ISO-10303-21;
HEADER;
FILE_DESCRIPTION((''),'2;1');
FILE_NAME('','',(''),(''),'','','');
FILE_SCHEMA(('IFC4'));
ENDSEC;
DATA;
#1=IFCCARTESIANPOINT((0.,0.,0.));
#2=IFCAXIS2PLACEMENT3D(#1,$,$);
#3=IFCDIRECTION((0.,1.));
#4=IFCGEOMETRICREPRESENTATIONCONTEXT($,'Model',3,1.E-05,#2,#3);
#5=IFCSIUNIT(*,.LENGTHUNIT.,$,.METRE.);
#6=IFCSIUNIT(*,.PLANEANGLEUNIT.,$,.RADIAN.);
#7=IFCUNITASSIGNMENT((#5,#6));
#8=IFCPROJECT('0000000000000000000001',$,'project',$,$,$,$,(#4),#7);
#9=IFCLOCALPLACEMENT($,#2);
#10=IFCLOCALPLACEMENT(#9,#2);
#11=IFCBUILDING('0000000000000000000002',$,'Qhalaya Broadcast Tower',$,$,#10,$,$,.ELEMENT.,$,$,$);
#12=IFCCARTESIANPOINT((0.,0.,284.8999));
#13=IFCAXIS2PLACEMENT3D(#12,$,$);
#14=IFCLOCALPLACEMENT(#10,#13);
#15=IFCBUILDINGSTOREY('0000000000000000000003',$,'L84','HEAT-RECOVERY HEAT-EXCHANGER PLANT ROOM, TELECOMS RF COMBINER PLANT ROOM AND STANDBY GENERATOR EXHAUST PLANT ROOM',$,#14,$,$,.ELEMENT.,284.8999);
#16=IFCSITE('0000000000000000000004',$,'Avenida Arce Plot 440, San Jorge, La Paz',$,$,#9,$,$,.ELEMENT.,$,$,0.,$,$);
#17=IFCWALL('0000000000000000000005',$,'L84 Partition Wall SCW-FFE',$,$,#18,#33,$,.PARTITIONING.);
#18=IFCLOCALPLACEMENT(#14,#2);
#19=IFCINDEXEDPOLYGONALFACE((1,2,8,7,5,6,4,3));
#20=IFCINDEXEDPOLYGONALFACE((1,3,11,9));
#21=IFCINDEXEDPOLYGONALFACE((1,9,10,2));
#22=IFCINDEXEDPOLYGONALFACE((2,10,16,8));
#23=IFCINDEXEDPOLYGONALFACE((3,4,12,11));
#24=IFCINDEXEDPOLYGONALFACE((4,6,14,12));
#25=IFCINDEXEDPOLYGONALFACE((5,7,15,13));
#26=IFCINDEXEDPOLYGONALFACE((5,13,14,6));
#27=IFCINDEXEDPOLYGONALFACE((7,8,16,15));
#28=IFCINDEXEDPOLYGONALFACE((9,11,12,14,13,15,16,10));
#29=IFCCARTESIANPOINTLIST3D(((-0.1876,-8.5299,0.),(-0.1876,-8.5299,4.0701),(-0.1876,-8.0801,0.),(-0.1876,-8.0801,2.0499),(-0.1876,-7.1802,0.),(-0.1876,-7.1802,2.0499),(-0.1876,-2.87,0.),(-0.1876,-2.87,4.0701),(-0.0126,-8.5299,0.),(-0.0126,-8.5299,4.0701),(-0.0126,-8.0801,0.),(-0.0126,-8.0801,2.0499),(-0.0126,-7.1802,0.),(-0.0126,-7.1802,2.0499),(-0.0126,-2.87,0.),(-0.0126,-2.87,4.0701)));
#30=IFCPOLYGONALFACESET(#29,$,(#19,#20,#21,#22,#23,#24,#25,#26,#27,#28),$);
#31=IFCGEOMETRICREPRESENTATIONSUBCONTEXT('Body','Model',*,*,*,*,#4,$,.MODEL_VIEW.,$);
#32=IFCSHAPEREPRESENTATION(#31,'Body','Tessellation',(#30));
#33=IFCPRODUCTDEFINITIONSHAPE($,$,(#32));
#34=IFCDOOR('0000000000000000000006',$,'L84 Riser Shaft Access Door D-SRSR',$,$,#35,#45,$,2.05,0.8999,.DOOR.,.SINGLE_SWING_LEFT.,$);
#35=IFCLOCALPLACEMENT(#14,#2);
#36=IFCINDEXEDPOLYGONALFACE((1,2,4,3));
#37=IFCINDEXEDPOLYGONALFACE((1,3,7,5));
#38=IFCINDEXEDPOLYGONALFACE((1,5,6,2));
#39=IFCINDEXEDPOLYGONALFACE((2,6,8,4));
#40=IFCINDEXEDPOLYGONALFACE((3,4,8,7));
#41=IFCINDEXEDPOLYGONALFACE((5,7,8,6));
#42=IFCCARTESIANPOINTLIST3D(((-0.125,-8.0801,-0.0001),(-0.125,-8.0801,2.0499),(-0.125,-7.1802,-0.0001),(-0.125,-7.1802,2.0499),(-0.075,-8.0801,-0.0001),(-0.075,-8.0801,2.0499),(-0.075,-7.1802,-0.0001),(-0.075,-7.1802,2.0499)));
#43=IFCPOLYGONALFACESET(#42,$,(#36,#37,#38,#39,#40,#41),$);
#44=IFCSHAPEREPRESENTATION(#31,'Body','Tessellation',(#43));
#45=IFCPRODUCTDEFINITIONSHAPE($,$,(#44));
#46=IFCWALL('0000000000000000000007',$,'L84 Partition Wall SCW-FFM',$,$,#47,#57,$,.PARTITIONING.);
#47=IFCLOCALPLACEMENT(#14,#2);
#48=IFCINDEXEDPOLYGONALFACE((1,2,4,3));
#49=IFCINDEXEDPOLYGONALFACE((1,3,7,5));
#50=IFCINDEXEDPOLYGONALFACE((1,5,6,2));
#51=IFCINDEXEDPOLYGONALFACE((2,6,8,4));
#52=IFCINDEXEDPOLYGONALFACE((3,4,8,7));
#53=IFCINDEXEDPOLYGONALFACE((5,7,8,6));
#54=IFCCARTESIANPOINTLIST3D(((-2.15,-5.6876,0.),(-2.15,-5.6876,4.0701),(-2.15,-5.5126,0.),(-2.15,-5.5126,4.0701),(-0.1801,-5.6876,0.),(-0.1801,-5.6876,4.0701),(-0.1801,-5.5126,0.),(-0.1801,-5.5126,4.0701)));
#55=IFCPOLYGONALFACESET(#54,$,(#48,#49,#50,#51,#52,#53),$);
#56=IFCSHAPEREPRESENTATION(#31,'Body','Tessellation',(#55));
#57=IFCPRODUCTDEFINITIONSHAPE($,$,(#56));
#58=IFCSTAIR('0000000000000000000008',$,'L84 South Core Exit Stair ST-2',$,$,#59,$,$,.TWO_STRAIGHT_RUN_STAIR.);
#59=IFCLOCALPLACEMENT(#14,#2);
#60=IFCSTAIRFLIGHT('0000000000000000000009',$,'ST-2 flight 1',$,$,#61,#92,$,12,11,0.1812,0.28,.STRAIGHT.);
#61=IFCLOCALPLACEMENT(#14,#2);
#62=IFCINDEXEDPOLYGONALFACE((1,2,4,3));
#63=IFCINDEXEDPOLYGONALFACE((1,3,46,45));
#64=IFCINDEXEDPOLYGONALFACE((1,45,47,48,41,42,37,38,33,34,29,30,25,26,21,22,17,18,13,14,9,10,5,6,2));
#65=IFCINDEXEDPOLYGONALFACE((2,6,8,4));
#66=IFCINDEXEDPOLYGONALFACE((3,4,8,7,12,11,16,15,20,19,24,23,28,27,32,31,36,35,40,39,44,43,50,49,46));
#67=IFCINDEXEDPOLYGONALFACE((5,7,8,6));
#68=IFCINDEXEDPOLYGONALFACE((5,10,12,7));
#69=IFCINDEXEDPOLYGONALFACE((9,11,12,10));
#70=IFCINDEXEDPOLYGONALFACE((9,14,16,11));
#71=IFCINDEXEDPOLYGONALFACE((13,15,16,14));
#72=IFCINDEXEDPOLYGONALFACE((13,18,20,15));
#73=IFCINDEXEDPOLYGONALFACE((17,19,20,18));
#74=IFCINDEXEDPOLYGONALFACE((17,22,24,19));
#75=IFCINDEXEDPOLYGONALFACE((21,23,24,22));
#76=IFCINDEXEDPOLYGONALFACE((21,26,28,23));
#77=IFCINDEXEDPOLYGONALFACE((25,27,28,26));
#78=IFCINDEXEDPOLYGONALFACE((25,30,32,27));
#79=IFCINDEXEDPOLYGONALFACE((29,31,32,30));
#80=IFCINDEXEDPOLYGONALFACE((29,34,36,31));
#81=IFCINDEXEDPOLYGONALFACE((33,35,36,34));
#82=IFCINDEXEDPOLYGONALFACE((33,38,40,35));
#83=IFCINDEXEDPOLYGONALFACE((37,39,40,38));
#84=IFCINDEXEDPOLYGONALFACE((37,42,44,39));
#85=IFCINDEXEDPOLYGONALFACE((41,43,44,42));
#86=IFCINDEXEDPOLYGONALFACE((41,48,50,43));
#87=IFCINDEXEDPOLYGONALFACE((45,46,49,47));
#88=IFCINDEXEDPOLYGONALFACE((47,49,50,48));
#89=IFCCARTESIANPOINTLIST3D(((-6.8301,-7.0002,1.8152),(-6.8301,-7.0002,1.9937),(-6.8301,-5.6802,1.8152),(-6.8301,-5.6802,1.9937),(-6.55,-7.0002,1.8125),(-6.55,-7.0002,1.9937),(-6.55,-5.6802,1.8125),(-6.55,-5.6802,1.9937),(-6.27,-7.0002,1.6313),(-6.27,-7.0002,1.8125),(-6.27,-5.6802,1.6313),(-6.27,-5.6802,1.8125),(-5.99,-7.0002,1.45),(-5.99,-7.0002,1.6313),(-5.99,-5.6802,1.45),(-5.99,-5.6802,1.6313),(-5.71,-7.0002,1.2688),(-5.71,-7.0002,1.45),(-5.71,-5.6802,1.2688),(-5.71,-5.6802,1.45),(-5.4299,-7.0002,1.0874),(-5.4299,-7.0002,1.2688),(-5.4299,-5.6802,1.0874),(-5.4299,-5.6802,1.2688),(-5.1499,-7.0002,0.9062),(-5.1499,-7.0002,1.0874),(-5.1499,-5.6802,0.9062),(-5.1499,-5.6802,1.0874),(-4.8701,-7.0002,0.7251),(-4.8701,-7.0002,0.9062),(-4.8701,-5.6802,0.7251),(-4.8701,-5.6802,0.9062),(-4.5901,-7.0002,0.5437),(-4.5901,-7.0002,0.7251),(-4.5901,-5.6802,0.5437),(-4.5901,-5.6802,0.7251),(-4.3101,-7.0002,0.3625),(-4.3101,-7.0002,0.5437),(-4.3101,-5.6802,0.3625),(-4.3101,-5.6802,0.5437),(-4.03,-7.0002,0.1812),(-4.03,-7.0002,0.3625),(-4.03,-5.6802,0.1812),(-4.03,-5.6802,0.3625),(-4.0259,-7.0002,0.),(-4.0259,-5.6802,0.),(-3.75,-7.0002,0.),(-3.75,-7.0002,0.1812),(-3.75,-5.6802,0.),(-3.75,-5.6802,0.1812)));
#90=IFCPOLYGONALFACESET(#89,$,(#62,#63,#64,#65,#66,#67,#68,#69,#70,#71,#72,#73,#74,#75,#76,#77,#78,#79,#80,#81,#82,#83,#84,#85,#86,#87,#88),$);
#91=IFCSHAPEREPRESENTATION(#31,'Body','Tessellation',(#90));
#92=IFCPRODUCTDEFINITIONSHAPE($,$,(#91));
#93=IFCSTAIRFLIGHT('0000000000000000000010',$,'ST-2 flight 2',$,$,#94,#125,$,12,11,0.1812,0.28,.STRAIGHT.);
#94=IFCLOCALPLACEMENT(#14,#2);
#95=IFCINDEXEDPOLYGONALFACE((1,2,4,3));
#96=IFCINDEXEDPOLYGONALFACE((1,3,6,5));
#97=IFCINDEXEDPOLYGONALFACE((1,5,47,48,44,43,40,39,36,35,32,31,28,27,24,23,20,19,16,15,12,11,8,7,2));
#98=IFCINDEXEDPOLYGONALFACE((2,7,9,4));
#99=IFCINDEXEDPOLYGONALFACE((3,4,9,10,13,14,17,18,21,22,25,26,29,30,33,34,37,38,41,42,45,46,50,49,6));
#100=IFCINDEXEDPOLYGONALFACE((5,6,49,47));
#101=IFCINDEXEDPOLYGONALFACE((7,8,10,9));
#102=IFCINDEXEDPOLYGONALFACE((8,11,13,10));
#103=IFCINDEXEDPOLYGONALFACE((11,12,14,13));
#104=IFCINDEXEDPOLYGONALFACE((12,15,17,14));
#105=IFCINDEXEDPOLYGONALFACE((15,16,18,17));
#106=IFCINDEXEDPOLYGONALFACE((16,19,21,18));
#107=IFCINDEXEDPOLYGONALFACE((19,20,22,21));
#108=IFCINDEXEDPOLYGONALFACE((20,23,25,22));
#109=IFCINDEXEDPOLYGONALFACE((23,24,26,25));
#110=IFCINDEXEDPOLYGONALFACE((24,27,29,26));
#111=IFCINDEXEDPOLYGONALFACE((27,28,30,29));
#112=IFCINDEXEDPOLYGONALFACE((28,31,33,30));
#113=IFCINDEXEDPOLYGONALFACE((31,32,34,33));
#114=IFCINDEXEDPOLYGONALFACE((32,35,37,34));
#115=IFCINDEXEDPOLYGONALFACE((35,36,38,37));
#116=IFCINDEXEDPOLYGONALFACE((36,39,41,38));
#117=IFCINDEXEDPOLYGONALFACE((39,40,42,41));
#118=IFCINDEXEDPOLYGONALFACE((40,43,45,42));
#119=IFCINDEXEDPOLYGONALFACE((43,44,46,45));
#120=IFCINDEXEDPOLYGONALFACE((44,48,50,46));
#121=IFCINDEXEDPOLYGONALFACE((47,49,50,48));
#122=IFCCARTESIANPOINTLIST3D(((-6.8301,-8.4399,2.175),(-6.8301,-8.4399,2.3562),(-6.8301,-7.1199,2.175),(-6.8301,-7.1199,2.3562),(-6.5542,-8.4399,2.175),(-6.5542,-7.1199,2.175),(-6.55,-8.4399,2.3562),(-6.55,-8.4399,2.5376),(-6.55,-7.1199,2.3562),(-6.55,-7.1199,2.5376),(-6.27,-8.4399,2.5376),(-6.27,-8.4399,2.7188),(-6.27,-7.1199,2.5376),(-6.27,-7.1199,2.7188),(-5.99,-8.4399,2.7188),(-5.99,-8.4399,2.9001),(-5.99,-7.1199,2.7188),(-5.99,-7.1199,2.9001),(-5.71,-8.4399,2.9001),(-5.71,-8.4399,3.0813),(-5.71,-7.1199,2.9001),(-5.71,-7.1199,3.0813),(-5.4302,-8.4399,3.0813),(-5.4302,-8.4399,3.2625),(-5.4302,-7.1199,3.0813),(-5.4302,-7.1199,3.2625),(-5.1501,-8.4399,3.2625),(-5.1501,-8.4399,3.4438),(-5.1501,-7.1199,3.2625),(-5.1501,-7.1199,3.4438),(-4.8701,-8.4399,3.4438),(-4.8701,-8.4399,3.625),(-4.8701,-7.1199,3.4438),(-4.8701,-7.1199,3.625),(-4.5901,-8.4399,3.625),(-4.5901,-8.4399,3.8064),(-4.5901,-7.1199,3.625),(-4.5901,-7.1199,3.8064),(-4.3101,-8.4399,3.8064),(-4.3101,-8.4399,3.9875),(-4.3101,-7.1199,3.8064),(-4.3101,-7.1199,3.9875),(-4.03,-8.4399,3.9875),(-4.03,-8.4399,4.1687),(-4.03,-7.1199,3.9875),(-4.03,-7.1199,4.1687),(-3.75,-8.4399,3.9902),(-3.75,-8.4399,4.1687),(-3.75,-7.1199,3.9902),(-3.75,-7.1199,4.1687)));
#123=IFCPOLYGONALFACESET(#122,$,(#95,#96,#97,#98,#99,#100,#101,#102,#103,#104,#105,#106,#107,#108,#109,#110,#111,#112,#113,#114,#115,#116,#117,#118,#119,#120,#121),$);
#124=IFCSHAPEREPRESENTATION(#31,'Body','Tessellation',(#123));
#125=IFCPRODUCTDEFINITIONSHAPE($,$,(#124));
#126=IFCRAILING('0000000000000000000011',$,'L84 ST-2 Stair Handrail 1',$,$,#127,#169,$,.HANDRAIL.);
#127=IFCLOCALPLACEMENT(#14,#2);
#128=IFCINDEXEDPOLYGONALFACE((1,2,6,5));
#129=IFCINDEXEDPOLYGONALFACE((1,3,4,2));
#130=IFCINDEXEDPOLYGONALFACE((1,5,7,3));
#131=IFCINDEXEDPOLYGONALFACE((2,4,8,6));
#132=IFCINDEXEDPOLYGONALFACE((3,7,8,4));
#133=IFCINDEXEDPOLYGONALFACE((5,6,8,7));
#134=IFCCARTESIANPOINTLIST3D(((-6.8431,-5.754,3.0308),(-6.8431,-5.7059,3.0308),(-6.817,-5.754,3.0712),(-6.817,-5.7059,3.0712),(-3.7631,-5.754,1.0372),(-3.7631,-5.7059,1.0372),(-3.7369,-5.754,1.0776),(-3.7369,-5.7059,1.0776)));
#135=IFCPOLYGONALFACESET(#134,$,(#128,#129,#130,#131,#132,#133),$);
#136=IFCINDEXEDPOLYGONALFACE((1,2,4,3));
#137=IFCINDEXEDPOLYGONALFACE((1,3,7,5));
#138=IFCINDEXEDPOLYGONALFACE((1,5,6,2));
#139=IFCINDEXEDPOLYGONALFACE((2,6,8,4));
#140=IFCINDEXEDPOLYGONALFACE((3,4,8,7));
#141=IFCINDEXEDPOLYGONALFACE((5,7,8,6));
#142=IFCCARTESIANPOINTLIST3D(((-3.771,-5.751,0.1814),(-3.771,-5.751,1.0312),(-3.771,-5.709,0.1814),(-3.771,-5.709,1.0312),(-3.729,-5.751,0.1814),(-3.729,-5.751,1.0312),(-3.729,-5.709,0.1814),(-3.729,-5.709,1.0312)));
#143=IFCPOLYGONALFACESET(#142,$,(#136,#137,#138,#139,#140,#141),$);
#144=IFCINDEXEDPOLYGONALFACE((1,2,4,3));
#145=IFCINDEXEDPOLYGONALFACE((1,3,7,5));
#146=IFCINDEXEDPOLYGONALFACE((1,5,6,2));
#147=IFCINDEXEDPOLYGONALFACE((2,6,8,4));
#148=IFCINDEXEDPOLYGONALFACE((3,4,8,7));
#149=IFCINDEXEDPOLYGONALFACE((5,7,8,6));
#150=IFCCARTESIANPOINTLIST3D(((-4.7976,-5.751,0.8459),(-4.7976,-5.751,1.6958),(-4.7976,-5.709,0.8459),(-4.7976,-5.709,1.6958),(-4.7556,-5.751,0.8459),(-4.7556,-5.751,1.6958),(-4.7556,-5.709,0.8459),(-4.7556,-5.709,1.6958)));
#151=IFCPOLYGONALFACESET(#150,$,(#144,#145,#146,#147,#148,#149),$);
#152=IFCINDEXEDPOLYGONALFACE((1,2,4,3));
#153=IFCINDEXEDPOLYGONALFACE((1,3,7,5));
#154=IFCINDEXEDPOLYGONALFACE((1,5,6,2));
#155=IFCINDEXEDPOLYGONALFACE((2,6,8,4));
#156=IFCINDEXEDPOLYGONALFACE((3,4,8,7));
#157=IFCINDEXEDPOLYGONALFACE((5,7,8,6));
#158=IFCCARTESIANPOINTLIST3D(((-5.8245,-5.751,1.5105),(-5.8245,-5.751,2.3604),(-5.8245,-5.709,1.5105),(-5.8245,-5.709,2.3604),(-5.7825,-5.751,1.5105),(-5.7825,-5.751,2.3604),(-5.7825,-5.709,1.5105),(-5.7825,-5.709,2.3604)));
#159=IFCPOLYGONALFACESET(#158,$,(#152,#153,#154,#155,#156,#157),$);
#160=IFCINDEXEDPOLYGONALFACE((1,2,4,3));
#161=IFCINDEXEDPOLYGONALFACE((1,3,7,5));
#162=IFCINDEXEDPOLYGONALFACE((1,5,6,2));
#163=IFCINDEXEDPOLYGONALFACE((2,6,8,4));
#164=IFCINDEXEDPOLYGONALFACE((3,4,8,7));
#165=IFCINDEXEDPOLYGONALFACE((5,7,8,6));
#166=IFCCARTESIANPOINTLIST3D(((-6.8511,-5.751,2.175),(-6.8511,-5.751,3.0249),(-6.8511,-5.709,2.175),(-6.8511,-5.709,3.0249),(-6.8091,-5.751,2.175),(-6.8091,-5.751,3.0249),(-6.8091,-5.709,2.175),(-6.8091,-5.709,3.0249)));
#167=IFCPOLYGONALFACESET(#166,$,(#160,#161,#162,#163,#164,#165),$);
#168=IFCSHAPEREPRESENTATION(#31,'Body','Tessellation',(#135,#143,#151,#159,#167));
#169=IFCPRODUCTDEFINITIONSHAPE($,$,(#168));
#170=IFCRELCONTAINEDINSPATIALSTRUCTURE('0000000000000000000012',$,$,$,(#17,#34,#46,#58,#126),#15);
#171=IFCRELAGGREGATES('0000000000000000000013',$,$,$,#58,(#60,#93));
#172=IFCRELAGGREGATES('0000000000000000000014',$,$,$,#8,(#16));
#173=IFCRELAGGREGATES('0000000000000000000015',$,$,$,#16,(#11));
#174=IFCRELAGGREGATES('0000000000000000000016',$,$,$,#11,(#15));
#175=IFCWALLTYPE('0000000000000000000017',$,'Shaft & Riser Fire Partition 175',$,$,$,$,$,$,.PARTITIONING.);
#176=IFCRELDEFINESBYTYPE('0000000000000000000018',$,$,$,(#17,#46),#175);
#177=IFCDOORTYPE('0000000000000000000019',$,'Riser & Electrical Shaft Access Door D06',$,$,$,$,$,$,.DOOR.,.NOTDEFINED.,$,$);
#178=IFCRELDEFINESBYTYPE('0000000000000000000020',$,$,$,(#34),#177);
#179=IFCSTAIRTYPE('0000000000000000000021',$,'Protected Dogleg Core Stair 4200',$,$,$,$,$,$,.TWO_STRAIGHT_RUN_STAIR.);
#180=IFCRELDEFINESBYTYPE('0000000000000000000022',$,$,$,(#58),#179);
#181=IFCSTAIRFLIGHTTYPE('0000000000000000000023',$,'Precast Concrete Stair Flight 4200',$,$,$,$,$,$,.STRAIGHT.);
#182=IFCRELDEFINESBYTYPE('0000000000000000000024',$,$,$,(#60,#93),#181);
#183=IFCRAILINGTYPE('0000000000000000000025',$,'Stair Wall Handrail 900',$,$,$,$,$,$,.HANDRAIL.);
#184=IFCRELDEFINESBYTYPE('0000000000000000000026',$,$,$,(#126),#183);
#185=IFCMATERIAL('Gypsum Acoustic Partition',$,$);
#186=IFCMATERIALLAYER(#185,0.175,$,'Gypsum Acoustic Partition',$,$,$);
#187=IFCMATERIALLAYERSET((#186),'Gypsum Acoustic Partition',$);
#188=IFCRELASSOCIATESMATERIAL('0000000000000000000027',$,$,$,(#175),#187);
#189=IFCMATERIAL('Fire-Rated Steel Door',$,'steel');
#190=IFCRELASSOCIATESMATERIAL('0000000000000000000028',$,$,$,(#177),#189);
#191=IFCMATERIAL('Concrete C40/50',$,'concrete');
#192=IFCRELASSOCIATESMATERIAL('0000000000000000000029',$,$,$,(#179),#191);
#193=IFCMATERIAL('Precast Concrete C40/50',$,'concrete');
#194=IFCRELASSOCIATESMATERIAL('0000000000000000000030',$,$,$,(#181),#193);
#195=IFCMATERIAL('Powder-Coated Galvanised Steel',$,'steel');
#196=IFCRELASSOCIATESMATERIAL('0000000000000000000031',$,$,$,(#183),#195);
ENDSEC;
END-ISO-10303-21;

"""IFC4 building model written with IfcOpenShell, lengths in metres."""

from ifc_helpers import new_model, si_unit, direction, frame, frame_2d, origin, origin_2d, place, context, subcontext, project, spatial, polyline, rectangle, outline, extrude, material, layer, layer_set, type_object, element, fill, aggregate, save


model = new_model("IFC4")

# Units and contexts
model_context = context("Model", 3, precision=1e-05, world=origin(), true_north=direction((0.0, 1.0)))
body_context = subcontext(model_context, "Body", "Model", "MODEL_VIEW")
ifc_project = project(units=[si_unit("LENGTHUNIT", "METRE"), si_unit("PLANEANGLEUNIT", "RADIAN")], contexts=[model_context])

# Site, building, storey
site_placement = place(None, origin())
site = spatial("IfcSite", under=ifc_project, at=site_placement, Name="Avenida Arce Plot 440, San Jorge, La Paz", CompositionType="ELEMENT", RefElevation=0.0)
building_placement = place(site_placement, origin())
building = spatial("IfcBuilding", under=site, at=building_placement, Name="Qhalaya Broadcast Tower", CompositionType="ELEMENT")
storey_placement = place(building_placement, frame((0.0, 0.0, 284.8999)))
storey = spatial("IfcBuildingStorey", under=building, at=storey_placement, Name="L84", Description="HEAT-RECOVERY HEAT-EXCHANGER PLANT ROOM, TELECOMS RF COMBINER PLANT ROOM AND STANDBY GENERATOR EXHAUST PLANT ROOM", CompositionType="ELEMENT", Elevation=284.8999)

# Shared definitions
ifc_material_1 = material(Name="Gypsum Acoustic Partition")
ifc_material_2 = material(Name="Fire-Rated Steel Door", Category="steel")

# Wall, opening, door
ifc_layer_1 = layer(ifc_material_1, 0.175, Name="Gypsum Acoustic Partition")
ifc_layer_set_1 = layer_set([ifc_layer_1], Name="Gypsum Acoustic Partition")
wall_type_1 = type_object("IfcWallType", Name="Shaft & Riser Fire Partition 175", PredefinedType="PARTITIONING", material=ifc_layer_set_1)
wall_1_placement = place(storey_placement, frame((-0.1001, -8.53, 0.0), z_axis=(0.0, 0.0, 1.0), x_axis=(0.0, 1.0, 0.0)))
wall_1 = element("IfcWall", 1, at=wall_1_placement, inside=storey, type_object=wall_type_1, Name="L84 Partition Wall SCW-FFE", PredefinedType="PARTITIONING", context=body_context, shape_type="SweptSolid", body=[
    extrude(rectangle(XDim=5.6599, YDim=0.175, at=frame_2d((2.8301, 0.0))), origin(), (0.0, 0.0, 1.0), 4.0701),
])
opening_1_placement = place(wall_1_placement, frame((0.45, 0.0, 0.0)))
opening_1 = element("IfcOpeningElement", 2, at=opening_1_placement, cuts=wall_1, PredefinedType="OPENING", context=body_context, shape_type="SweptSolid", body=[
    extrude(rectangle(XDim=0.8999, YDim=2.05, at=frame_2d((0.45, 1.0249))), frame((0.0, 0.0996, 0.0), z_axis=(0.0, -1.0, 0.0), x_axis=(1.0, 0.0, 0.0)), (0.0, 0.0, 1.0), 0.199),
])
door_type_1 = type_object("IfcDoorType", Name="Riser & Electrical Shaft Access Door D06", OperationType="NOTDEFINED", PredefinedType="DOOR", material=ifc_material_2)
door_1_placement = place(opening_1_placement, origin())
door_1 = element("IfcDoor", 3, at=door_1_placement, inside=storey, type_object=door_type_1, Name="L84 Riser Shaft Access Door D-SRSR", OperationType="SINGLE_SWING_LEFT", OverallHeight=2.05, OverallWidth=0.8999, PredefinedType="DOOR", context=body_context, shape_type="SweptSolid", body=[
    extrude(rectangle(XDim=0.8999, YDim=2.05, at=frame_2d((0.45, 1.0249))), frame((0.0, 0.0249, 0.0), z_axis=(0.0, -1.0, 0.0), x_axis=(1.0, 0.0, 0.0)), (0.0, 0.0, 1.0), 0.05),
])
fill(opening_1, door_1)

# Wall
wall_2_placement = place(storey_placement, frame((-2.1499, -5.6001, 0.0), z_axis=(0.0, 0.0, 1.0), x_axis=(1.0, 0.0, 0.0)))
element("IfcWall", 4, at=wall_2_placement, inside=storey, type_object=wall_type_1, Name="L84 Partition Wall SCW-FFM", PredefinedType="PARTITIONING", context=body_context, shape_type="SweptSolid", body=[
    extrude(rectangle(XDim=1.97, YDim=0.175, at=frame_2d((0.9849, 0.0))), origin(), (0.0, 0.0, 1.0), 4.0701),
])

# Stair, stair flights
ifc_material_3 = material(Name="Concrete C40/50", Category="concrete")
stair_type = type_object("IfcStairType", Name="Protected Dogleg Core Stair 4200", PredefinedType="TWO_STRAIGHT_RUN_STAIR", material=ifc_material_3)
stair_placement = place(storey_placement, origin())
stair = element("IfcStair", 5, at=stair_placement, inside=storey, type_object=stair_type, Name="L84 South Core Exit Stair ST-2", PredefinedType="TWO_STRAIGHT_RUN_STAIR")
ifc_material_4 = material(Name="Precast Concrete C40/50", Category="concrete")
stair_flight_type = type_object("IfcStairFlightType", Name="Precast Concrete Stair Flight 4200", PredefinedType="STRAIGHT", material=ifc_material_4)
stair_flight_1_placement = place(storey_placement, frame((-3.75, -6.3401, 0.0), z_axis=(0.0, 0.0, 1.0), x_axis=(-1.0, 0.0, 0.0)))
stair_flight_1 = element("IfcStairFlight", 6, at=stair_flight_1_placement, type_object=stair_flight_type, Name="ST-2 flight 1", NumberOfRisers=12, NumberOfTreads=11, PredefinedType="STRAIGHT", RiserHeight=0.1812, TreadLength=0.28, context=body_context, shape_type="SweptSolid", body=[
    extrude(outline(polyline([(0.0, 0.0), (0.0, 0.1812), (0.28, 0.1812), (0.28, 0.3625), (0.5601, 0.3625), (0.5601, 0.5437), (0.8401, 0.5437), (0.8401, 0.7251), (1.1201, 0.7251), (1.1201, 0.9062), (1.3999, 0.9062), (1.3999, 1.0874), (1.6799, 1.0874), (1.6799, 1.2688), (1.96, 1.2688), (1.96, 1.45), (2.24, 1.45), (2.24, 1.6313), (2.52, 1.6313), (2.52, 1.8125), (2.8, 1.8125), (2.8, 1.9937), (3.0801, 1.9937), (3.0801, 2.175), (3.0801, 1.8152), (0.2759, 0.0), (0.0, 0.0)])), frame((0.0, 0.6602, 0.0), z_axis=(0.0, -1.0, 0.0), x_axis=(1.0, 0.0, 0.0)), (0.0, 0.0, 1.0), 1.3201),
])
stair_flight_2_placement = place(storey_placement, frame((-6.8301, -7.78, 2.175), z_axis=(0.0, 0.0, 1.0), x_axis=(1.0, 0.0, 0.0)))
stair_flight_2 = element("IfcStairFlight", 7, at=stair_flight_2_placement, type_object=stair_flight_type, Name="ST-2 flight 2", NumberOfRisers=12, NumberOfTreads=11, PredefinedType="STRAIGHT", RiserHeight=0.1812, TreadLength=0.28, context=body_context, shape_type="SweptSolid", body=[
    extrude(outline(polyline([(0.0, 0.0), (0.0, 0.1812), (0.28, 0.1812), (0.28, 0.3625), (0.5601, 0.3625), (0.5601, 0.5437), (0.8401, 0.5437), (0.8401, 0.7251), (1.1201, 0.7251), (1.1201, 0.9062), (1.3999, 0.9062), (1.3999, 1.0874), (1.6799, 1.0874), (1.6799, 1.2688), (1.96, 1.2688), (1.96, 1.45), (2.24, 1.45), (2.24, 1.6313), (2.52, 1.6313), (2.52, 1.8125), (2.8, 1.8125), (2.8, 1.9937), (3.0801, 1.9937), (3.0801, 2.175), (3.0801, 1.8152), (0.2759, 0.0), (0.0, 0.0)])), frame((0.0, 0.6602, 0.0), z_axis=(0.0, -1.0, 0.0), x_axis=(1.0, 0.0, 0.0)), (0.0, 0.0, 1.0), 1.3201),
])
aggregate(stair, [stair_flight_1, stair_flight_2])

# Railing
ifc_material_5 = material(Name="Powder-Coated Galvanised Steel", Category="steel")
railing_type_1 = type_object("IfcRailingType", Name="Stair Wall Handrail 900", PredefinedType="HANDRAIL", material=ifc_material_5)
railing_1_placement = place(storey_placement, frame((-3.75, -5.73, 0.1814)))
element("IfcRailing", 8, at=railing_1_placement, inside=storey, type_object=railing_type_1, Name="L84 ST-2 Stair Handrail 1", PredefinedType="HANDRAIL", context=body_context, shape_type="SweptSolid", body=[
    extrude(rectangle(XDim=0.0481, YDim=0.0481, at=origin_2d()), frame((0.0, 0.0, 0.876), z_axis=(-0.839488, 0.0, 0.543378), x_axis=(0.0, -1.0, 0.0)), (0.0, 0.0, 1.0), 3.6689),
    extrude(rectangle(XDim=0.042, YDim=0.042, at=origin_2d()), origin(), (0.0, 0.0, 1.0), 0.8499),
    extrude(rectangle(XDim=0.042, YDim=0.042, at=origin_2d()), frame((-1.0266, 0.0, 0.6646)), (0.0, 0.0, 1.0), 0.8499),
    extrude(rectangle(XDim=0.042, YDim=0.042, at=origin_2d()), frame((-2.0535, 0.0, 1.3291)), (0.0, 0.0, 1.0), 0.8499),
    extrude(rectangle(XDim=0.042, YDim=0.042, at=origin_2d()), frame((-3.0801, 0.0, 1.9937)), (0.0, 0.0, 1.0), 0.8499),
])

save(model, "model.ifc")
